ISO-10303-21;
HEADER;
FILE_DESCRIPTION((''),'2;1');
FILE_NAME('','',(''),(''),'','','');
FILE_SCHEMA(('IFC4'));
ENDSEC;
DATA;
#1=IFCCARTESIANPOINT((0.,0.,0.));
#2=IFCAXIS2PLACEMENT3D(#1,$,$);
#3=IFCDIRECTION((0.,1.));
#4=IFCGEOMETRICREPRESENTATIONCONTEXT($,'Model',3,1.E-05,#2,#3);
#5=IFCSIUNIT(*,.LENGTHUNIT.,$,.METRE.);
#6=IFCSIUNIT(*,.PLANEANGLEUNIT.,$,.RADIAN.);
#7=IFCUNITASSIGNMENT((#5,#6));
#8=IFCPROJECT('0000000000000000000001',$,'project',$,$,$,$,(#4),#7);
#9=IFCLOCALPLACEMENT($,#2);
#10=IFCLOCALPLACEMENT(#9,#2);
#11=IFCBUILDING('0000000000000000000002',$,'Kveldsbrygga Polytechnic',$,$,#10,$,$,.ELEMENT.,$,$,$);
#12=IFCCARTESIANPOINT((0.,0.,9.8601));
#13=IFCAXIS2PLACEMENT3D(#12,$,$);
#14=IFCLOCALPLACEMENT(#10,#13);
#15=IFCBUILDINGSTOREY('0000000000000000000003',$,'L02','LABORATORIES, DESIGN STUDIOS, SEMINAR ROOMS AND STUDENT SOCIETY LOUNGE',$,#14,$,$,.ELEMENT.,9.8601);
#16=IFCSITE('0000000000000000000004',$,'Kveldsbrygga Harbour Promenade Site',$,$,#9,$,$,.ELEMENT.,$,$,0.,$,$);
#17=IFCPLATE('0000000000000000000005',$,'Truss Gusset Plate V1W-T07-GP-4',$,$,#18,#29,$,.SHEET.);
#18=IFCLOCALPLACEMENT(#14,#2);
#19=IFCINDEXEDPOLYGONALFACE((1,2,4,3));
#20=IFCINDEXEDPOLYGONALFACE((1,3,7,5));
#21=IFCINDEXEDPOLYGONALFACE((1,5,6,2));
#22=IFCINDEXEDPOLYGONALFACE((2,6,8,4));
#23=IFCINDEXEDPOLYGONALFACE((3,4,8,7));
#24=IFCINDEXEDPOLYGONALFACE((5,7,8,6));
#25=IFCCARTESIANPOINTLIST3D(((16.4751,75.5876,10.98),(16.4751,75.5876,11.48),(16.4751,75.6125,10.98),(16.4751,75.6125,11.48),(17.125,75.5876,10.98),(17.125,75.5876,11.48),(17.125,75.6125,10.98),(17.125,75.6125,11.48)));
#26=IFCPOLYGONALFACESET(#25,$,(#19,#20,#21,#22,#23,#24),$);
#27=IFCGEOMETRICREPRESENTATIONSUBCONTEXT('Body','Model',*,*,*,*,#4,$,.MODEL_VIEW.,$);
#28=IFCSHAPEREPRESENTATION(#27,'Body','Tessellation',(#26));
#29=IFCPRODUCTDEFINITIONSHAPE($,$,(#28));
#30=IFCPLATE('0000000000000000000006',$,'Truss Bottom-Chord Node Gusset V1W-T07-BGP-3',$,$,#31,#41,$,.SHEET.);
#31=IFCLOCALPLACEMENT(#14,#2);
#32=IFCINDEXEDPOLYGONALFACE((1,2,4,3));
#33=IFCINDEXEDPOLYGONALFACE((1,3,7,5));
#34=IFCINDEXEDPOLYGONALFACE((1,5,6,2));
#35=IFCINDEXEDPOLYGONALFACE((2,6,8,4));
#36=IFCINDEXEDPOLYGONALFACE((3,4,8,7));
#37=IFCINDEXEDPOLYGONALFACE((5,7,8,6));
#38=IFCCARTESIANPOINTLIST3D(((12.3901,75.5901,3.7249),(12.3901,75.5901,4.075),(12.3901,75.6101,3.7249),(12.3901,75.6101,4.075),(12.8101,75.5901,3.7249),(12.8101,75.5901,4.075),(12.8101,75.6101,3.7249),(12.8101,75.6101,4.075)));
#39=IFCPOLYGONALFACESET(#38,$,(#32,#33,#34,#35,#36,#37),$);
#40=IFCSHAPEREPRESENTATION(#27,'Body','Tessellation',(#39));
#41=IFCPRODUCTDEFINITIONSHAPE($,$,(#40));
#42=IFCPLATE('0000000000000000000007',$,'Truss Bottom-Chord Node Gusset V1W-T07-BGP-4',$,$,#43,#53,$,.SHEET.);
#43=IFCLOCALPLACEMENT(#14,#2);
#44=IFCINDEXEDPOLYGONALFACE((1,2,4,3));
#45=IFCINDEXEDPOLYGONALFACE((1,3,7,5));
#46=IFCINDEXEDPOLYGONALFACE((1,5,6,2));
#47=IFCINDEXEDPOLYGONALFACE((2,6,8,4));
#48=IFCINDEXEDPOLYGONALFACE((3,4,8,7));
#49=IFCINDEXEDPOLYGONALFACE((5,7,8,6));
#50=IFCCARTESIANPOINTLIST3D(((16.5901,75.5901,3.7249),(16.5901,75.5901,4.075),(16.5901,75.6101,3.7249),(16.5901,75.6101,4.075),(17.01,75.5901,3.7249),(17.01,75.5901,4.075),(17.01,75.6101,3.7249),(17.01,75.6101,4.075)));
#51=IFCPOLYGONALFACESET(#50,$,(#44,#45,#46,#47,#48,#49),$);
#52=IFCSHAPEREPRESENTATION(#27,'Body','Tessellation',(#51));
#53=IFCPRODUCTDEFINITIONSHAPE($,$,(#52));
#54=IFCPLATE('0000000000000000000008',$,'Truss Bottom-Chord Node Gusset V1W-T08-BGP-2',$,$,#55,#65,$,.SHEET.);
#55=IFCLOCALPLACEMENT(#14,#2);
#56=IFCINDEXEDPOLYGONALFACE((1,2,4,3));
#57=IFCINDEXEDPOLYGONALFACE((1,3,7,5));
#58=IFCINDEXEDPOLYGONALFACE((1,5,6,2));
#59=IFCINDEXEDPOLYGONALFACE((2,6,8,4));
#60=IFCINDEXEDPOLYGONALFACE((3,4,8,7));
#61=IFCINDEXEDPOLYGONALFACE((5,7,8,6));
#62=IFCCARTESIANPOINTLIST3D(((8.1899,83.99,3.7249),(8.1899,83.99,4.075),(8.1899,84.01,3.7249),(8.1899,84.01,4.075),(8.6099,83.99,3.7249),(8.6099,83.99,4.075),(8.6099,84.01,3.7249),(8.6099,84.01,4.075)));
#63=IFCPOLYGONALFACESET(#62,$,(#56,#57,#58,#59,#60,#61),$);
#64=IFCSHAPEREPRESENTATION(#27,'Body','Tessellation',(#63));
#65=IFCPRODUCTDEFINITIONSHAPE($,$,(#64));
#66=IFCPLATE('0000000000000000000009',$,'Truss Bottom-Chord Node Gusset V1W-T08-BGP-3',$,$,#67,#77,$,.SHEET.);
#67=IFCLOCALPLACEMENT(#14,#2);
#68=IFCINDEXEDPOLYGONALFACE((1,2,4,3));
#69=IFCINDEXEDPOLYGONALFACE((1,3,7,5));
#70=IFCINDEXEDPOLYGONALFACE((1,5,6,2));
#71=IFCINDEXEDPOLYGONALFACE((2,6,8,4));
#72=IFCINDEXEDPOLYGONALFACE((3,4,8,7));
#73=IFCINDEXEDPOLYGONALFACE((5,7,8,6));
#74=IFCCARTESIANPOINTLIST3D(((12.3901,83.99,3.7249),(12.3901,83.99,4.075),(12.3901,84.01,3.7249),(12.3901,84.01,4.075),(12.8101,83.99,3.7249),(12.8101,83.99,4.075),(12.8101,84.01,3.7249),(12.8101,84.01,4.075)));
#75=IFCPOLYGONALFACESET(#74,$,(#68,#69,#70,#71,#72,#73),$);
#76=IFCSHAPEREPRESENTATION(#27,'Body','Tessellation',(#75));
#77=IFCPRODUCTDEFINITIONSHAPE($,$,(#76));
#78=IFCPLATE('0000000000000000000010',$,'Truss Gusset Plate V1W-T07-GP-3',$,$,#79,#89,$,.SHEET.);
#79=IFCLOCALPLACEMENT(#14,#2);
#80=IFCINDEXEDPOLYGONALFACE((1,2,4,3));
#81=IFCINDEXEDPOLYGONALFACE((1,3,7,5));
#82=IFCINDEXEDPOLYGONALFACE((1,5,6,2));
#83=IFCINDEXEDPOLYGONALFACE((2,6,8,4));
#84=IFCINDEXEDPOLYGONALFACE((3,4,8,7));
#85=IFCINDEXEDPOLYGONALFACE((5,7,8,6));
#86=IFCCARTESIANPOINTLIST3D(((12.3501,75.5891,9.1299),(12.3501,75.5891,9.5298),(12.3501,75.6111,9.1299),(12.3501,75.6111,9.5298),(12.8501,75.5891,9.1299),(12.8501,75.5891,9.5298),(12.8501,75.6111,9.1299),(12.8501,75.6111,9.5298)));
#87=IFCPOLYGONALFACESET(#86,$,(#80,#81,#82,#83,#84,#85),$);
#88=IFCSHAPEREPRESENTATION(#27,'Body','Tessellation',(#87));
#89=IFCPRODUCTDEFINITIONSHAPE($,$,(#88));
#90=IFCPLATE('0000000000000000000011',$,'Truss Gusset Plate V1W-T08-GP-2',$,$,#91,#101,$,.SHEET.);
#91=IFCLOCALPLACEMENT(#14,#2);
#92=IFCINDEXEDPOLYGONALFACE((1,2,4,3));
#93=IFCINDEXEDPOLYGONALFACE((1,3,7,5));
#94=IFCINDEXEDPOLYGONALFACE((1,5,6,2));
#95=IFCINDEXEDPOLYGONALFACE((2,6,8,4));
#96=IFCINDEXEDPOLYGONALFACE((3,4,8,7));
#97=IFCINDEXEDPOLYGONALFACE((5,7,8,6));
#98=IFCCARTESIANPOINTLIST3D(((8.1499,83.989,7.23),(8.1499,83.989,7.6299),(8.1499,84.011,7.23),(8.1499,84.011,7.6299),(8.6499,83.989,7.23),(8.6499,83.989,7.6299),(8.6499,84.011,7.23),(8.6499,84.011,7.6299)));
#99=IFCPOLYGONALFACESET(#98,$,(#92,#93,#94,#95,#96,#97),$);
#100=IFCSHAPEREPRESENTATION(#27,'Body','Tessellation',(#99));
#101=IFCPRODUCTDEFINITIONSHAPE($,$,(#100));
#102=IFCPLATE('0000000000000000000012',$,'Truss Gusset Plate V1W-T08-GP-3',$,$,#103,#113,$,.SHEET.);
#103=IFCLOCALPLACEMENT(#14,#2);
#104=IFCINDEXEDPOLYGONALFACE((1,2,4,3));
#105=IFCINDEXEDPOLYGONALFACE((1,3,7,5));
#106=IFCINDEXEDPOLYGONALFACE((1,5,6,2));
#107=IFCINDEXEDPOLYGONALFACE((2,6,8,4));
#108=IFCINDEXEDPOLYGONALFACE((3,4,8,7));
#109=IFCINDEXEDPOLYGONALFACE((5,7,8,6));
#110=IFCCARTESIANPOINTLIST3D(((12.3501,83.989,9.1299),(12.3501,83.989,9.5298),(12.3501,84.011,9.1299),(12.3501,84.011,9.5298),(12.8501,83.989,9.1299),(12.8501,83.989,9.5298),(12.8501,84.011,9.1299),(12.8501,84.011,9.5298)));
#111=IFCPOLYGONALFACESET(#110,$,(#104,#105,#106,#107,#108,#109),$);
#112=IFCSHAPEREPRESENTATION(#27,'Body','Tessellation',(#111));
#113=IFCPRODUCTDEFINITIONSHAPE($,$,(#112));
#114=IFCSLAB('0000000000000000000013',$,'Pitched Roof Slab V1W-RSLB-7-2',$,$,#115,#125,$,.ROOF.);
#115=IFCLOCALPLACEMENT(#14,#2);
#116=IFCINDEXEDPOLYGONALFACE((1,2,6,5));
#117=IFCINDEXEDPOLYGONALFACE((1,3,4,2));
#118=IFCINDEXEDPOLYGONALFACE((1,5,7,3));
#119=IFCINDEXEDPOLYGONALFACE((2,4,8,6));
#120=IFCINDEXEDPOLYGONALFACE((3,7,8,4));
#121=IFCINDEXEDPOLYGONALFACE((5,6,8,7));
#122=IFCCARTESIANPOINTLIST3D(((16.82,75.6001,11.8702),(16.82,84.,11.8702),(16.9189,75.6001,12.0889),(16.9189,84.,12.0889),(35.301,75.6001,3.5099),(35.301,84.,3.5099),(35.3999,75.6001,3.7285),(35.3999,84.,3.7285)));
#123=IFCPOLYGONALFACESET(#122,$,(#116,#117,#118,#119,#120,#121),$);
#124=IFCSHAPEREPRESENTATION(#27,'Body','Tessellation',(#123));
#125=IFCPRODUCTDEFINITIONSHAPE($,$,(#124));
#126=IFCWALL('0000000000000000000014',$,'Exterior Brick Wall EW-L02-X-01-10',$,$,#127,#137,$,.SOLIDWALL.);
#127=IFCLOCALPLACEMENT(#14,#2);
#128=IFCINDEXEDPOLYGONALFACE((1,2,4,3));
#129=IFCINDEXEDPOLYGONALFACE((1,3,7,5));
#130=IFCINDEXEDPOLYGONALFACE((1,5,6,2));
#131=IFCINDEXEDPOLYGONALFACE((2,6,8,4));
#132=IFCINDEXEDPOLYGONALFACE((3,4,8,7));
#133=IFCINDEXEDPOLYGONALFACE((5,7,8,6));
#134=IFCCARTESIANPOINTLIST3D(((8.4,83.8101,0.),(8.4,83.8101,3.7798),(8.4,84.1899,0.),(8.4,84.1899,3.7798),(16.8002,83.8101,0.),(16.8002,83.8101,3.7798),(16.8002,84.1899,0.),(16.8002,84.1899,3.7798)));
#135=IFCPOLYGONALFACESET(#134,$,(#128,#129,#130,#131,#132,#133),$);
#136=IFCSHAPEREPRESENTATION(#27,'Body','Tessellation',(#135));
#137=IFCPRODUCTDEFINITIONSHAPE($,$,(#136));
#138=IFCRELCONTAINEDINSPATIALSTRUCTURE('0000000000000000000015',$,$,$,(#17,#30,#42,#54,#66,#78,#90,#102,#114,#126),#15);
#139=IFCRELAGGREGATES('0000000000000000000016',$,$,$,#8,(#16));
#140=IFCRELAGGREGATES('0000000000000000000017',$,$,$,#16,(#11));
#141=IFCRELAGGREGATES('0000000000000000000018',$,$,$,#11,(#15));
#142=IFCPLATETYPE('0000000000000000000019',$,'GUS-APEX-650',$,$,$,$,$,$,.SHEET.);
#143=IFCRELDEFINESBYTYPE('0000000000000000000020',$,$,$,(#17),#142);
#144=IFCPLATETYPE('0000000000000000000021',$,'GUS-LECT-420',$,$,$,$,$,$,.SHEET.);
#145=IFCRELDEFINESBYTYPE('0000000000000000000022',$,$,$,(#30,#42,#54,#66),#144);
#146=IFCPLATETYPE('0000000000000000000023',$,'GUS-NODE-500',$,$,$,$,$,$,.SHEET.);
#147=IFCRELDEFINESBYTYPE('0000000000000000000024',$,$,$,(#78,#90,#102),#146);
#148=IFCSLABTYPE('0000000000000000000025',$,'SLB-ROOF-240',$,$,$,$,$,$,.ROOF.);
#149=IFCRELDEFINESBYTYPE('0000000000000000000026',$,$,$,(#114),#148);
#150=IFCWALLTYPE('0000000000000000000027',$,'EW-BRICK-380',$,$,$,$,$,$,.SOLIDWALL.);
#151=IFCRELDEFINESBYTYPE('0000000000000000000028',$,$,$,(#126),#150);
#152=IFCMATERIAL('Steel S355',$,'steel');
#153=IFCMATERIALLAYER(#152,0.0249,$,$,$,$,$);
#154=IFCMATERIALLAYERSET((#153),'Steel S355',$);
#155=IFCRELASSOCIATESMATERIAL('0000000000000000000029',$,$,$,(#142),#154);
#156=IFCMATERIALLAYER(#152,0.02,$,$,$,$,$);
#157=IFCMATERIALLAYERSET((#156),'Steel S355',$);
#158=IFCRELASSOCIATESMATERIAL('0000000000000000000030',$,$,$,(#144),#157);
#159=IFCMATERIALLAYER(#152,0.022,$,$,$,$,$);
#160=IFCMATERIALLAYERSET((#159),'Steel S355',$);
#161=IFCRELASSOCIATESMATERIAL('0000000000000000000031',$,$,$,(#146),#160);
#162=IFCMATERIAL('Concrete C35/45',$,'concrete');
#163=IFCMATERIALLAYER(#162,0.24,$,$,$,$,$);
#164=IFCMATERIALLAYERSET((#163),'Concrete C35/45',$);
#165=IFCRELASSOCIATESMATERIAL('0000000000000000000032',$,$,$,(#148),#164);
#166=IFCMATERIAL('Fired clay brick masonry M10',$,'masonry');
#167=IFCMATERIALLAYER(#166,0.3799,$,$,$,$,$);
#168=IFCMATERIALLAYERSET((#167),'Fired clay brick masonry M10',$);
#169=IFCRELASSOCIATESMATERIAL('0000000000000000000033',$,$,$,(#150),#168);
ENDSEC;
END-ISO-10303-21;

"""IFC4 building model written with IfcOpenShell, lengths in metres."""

from ifc_helpers import new_model, si_unit, direction, frame, frame_2d, origin, origin_2d, place, context, subcontext, project, spatial, polyline, rectangle, outline, extrude, material, layer, layer_set, type_object, element, save


model = new_model("IFC4")

# Units and contexts
model_context = context("Model", 3, precision=1e-05, world=origin(), true_north=direction((0.0, 1.0)))
body_context = subcontext(model_context, "Body", "Model", "MODEL_VIEW")
ifc_project = project(units=[si_unit("LENGTHUNIT", "METRE"), si_unit("PLANEANGLEUNIT", "RADIAN")], contexts=[model_context])

# Site, building, storey
site_placement = place(None, origin())
site = spatial("IfcSite", under=ifc_project, at=site_placement, Name="Kveldsbrygga Harbour Promenade Site", CompositionType="ELEMENT", RefElevation=0.0)
building_placement = place(site_placement, origin())
building = spatial("IfcBuilding", under=site, at=building_placement, Name="Kveldsbrygga Polytechnic", CompositionType="ELEMENT")
storey_placement = place(building_placement, frame((0.0, 0.0, 9.8601)))
storey = spatial("IfcBuildingStorey", under=building, at=storey_placement, Name="L02", Description="LABORATORIES, DESIGN STUDIOS, SEMINAR ROOMS AND STUDENT SOCIETY LOUNGE", CompositionType="ELEMENT", Elevation=9.8601)

# Shared definitions
ifc_material_1 = material(Name="Steel S355", Category="steel")

# Plates
ifc_layer_1 = layer(ifc_material_1, 0.0249)
ifc_layer_set_1 = layer_set([ifc_layer_1], Name="Steel S355")
plate_type_1 = type_object("IfcPlateType", Name="GUS-APEX-650", PredefinedType="SHEET", material=ifc_layer_set_1)
plate_placement = place(storey_placement, frame((16.8, 75.6001, 10.98), z_axis=(0.0, 0.0, 1.0), x_axis=(1.0, 0.0, 0.0)))
element("IfcPlate", 1, at=plate_placement, inside=storey, type_object=plate_type_1, Name="Truss Gusset Plate V1W-T07-GP-4", PredefinedType="SHEET", context=body_context, shape_type="SweptSolid", body=[
    extrude(rectangle(XDim=0.6499, YDim=0.0249, at=origin_2d()), origin(), (0.0, 0.0, 1.0), 0.5),
])
ifc_layer_2 = layer(ifc_material_1, 0.02)
ifc_layer_set_2 = layer_set([ifc_layer_2], Name="Steel S355")
plate_type_2 = type_object("IfcPlateType", Name="GUS-LECT-420", PredefinedType="SHEET", material=ifc_layer_set_2)
for number, where, z_axis, x_axis, name in (
    (2, (12.6001, 75.6001, 3.7249), (0.0, 0.0, 1.0), (1.0, 0.0, 0.0), "Truss Bottom-Chord Node Gusset V1W-T07-BGP-3"),
    (3, (16.8, 75.6001, 3.7249), (0.0, 0.0, 1.0), (1.0, 0.0, 0.0), "Truss Bottom-Chord Node Gusset V1W-T07-BGP-4"),
    (4, (8.3999, 84.0, 3.7249), (0.0, 0.0, 1.0), (1.0, 0.0, 0.0), "Truss Bottom-Chord Node Gusset V1W-T08-BGP-2"),
    (5, (12.6001, 84.0, 3.7249), (0.0, 0.0, 1.0), (1.0, 0.0, 0.0), "Truss Bottom-Chord Node Gusset V1W-T08-BGP-3"),
):
    element("IfcPlate", number, at=place(storey_placement, frame(where, z_axis=z_axis, x_axis=x_axis)), inside=storey, type_object=plate_type_2, Name=name, PredefinedType="SHEET", context=body_context, shape_type="SweptSolid", body=[
        extrude(rectangle(XDim=0.4199, YDim=0.02, at=origin_2d()), origin(), (0.0, 0.0, 1.0), 0.3501),
    ])
ifc_layer_3 = layer(ifc_material_1, 0.022)
ifc_layer_set_3 = layer_set([ifc_layer_3], Name="Steel S355")
plate_type_3 = type_object("IfcPlateType", Name="GUS-NODE-500", PredefinedType="SHEET", material=ifc_layer_set_3)
for number, where, z_axis, x_axis, name in (
    (6, (12.6001, 75.6001, 9.1299), (0.0, 0.0, 1.0), (1.0, 0.0, 0.0), "Truss Gusset Plate V1W-T07-GP-3"),
    (7, (8.3999, 84.0, 7.23), (0.0, 0.0, 1.0), (1.0, 0.0, 0.0), "Truss Gusset Plate V1W-T08-GP-2"),
    (8, (12.6001, 84.0, 9.1299), (0.0, 0.0, 1.0), (1.0, 0.0, 0.0), "Truss Gusset Plate V1W-T08-GP-3"),
):
    element("IfcPlate", number, at=place(storey_placement, frame(where, z_axis=z_axis, x_axis=x_axis)), inside=storey, type_object=plate_type_3, Name=name, PredefinedType="SHEET", context=body_context, shape_type="SweptSolid", body=[
        extrude(rectangle(XDim=0.5, YDim=0.022, at=origin_2d()), origin(), (0.0, 0.0, 1.0), 0.3999),
    ])

# Slab
ifc_material_2 = material(Name="Concrete C35/45", Category="concrete")
ifc_layer_4 = layer(ifc_material_2, 0.24)
ifc_layer_set_4 = layer_set([ifc_layer_4], Name="Concrete C35/45")
slab_type = type_object("IfcSlabType", Name="SLB-ROOF-240", PredefinedType="ROOF", material=ifc_layer_set_4)
slab_placement = place(storey_placement, frame((16.9189, 75.6001, 12.0889), z_axis=(0.412165, 0.0, 0.911109), x_axis=(0.911109, 0.0, -0.412165)))
element("IfcSlab", 9, at=slab_placement, inside=storey, type_object=slab_type, Name="Pitched Roof Slab V1W-RSLB-7-2", PredefinedType="ROOF", context=body_context, shape_type="SweptSolid", body=[
    extrude(outline(polyline([(0.0, 0.0), (20.284, 0.0), (20.284, 8.3999), (0.0, 8.3999), (0.0, 0.0)])), origin(), (0.0, 0.0, -1.0), 0.24),
])

# Wall
ifc_material_3 = material(Name="Fired clay brick masonry M10", Category="masonry")
ifc_layer_5 = layer(ifc_material_3, 0.3799)
ifc_layer_set_5 = layer_set([ifc_layer_5], Name="Fired clay brick masonry M10")
wall_type = type_object("IfcWallType", Name="EW-BRICK-380", PredefinedType="SOLIDWALL", material=ifc_layer_set_5)
wall_placement = place(storey_placement, frame((8.3999, 84.0, 0.0), z_axis=(0.0, 0.0, 1.0), x_axis=(1.0, 0.0, 0.0)))
element("IfcWall", 10, at=wall_placement, inside=storey, type_object=wall_type, Name="Exterior Brick Wall EW-L02-X-01-10", PredefinedType="SOLIDWALL", context=body_context, shape_type="SweptSolid", body=[
    extrude(rectangle(XDim=8.4001, YDim=0.3799, at=frame_2d((4.2002, 0.0))), origin(), (0.0, 0.0, 1.0), 3.7798),
])

save(model, "model.ifc")
